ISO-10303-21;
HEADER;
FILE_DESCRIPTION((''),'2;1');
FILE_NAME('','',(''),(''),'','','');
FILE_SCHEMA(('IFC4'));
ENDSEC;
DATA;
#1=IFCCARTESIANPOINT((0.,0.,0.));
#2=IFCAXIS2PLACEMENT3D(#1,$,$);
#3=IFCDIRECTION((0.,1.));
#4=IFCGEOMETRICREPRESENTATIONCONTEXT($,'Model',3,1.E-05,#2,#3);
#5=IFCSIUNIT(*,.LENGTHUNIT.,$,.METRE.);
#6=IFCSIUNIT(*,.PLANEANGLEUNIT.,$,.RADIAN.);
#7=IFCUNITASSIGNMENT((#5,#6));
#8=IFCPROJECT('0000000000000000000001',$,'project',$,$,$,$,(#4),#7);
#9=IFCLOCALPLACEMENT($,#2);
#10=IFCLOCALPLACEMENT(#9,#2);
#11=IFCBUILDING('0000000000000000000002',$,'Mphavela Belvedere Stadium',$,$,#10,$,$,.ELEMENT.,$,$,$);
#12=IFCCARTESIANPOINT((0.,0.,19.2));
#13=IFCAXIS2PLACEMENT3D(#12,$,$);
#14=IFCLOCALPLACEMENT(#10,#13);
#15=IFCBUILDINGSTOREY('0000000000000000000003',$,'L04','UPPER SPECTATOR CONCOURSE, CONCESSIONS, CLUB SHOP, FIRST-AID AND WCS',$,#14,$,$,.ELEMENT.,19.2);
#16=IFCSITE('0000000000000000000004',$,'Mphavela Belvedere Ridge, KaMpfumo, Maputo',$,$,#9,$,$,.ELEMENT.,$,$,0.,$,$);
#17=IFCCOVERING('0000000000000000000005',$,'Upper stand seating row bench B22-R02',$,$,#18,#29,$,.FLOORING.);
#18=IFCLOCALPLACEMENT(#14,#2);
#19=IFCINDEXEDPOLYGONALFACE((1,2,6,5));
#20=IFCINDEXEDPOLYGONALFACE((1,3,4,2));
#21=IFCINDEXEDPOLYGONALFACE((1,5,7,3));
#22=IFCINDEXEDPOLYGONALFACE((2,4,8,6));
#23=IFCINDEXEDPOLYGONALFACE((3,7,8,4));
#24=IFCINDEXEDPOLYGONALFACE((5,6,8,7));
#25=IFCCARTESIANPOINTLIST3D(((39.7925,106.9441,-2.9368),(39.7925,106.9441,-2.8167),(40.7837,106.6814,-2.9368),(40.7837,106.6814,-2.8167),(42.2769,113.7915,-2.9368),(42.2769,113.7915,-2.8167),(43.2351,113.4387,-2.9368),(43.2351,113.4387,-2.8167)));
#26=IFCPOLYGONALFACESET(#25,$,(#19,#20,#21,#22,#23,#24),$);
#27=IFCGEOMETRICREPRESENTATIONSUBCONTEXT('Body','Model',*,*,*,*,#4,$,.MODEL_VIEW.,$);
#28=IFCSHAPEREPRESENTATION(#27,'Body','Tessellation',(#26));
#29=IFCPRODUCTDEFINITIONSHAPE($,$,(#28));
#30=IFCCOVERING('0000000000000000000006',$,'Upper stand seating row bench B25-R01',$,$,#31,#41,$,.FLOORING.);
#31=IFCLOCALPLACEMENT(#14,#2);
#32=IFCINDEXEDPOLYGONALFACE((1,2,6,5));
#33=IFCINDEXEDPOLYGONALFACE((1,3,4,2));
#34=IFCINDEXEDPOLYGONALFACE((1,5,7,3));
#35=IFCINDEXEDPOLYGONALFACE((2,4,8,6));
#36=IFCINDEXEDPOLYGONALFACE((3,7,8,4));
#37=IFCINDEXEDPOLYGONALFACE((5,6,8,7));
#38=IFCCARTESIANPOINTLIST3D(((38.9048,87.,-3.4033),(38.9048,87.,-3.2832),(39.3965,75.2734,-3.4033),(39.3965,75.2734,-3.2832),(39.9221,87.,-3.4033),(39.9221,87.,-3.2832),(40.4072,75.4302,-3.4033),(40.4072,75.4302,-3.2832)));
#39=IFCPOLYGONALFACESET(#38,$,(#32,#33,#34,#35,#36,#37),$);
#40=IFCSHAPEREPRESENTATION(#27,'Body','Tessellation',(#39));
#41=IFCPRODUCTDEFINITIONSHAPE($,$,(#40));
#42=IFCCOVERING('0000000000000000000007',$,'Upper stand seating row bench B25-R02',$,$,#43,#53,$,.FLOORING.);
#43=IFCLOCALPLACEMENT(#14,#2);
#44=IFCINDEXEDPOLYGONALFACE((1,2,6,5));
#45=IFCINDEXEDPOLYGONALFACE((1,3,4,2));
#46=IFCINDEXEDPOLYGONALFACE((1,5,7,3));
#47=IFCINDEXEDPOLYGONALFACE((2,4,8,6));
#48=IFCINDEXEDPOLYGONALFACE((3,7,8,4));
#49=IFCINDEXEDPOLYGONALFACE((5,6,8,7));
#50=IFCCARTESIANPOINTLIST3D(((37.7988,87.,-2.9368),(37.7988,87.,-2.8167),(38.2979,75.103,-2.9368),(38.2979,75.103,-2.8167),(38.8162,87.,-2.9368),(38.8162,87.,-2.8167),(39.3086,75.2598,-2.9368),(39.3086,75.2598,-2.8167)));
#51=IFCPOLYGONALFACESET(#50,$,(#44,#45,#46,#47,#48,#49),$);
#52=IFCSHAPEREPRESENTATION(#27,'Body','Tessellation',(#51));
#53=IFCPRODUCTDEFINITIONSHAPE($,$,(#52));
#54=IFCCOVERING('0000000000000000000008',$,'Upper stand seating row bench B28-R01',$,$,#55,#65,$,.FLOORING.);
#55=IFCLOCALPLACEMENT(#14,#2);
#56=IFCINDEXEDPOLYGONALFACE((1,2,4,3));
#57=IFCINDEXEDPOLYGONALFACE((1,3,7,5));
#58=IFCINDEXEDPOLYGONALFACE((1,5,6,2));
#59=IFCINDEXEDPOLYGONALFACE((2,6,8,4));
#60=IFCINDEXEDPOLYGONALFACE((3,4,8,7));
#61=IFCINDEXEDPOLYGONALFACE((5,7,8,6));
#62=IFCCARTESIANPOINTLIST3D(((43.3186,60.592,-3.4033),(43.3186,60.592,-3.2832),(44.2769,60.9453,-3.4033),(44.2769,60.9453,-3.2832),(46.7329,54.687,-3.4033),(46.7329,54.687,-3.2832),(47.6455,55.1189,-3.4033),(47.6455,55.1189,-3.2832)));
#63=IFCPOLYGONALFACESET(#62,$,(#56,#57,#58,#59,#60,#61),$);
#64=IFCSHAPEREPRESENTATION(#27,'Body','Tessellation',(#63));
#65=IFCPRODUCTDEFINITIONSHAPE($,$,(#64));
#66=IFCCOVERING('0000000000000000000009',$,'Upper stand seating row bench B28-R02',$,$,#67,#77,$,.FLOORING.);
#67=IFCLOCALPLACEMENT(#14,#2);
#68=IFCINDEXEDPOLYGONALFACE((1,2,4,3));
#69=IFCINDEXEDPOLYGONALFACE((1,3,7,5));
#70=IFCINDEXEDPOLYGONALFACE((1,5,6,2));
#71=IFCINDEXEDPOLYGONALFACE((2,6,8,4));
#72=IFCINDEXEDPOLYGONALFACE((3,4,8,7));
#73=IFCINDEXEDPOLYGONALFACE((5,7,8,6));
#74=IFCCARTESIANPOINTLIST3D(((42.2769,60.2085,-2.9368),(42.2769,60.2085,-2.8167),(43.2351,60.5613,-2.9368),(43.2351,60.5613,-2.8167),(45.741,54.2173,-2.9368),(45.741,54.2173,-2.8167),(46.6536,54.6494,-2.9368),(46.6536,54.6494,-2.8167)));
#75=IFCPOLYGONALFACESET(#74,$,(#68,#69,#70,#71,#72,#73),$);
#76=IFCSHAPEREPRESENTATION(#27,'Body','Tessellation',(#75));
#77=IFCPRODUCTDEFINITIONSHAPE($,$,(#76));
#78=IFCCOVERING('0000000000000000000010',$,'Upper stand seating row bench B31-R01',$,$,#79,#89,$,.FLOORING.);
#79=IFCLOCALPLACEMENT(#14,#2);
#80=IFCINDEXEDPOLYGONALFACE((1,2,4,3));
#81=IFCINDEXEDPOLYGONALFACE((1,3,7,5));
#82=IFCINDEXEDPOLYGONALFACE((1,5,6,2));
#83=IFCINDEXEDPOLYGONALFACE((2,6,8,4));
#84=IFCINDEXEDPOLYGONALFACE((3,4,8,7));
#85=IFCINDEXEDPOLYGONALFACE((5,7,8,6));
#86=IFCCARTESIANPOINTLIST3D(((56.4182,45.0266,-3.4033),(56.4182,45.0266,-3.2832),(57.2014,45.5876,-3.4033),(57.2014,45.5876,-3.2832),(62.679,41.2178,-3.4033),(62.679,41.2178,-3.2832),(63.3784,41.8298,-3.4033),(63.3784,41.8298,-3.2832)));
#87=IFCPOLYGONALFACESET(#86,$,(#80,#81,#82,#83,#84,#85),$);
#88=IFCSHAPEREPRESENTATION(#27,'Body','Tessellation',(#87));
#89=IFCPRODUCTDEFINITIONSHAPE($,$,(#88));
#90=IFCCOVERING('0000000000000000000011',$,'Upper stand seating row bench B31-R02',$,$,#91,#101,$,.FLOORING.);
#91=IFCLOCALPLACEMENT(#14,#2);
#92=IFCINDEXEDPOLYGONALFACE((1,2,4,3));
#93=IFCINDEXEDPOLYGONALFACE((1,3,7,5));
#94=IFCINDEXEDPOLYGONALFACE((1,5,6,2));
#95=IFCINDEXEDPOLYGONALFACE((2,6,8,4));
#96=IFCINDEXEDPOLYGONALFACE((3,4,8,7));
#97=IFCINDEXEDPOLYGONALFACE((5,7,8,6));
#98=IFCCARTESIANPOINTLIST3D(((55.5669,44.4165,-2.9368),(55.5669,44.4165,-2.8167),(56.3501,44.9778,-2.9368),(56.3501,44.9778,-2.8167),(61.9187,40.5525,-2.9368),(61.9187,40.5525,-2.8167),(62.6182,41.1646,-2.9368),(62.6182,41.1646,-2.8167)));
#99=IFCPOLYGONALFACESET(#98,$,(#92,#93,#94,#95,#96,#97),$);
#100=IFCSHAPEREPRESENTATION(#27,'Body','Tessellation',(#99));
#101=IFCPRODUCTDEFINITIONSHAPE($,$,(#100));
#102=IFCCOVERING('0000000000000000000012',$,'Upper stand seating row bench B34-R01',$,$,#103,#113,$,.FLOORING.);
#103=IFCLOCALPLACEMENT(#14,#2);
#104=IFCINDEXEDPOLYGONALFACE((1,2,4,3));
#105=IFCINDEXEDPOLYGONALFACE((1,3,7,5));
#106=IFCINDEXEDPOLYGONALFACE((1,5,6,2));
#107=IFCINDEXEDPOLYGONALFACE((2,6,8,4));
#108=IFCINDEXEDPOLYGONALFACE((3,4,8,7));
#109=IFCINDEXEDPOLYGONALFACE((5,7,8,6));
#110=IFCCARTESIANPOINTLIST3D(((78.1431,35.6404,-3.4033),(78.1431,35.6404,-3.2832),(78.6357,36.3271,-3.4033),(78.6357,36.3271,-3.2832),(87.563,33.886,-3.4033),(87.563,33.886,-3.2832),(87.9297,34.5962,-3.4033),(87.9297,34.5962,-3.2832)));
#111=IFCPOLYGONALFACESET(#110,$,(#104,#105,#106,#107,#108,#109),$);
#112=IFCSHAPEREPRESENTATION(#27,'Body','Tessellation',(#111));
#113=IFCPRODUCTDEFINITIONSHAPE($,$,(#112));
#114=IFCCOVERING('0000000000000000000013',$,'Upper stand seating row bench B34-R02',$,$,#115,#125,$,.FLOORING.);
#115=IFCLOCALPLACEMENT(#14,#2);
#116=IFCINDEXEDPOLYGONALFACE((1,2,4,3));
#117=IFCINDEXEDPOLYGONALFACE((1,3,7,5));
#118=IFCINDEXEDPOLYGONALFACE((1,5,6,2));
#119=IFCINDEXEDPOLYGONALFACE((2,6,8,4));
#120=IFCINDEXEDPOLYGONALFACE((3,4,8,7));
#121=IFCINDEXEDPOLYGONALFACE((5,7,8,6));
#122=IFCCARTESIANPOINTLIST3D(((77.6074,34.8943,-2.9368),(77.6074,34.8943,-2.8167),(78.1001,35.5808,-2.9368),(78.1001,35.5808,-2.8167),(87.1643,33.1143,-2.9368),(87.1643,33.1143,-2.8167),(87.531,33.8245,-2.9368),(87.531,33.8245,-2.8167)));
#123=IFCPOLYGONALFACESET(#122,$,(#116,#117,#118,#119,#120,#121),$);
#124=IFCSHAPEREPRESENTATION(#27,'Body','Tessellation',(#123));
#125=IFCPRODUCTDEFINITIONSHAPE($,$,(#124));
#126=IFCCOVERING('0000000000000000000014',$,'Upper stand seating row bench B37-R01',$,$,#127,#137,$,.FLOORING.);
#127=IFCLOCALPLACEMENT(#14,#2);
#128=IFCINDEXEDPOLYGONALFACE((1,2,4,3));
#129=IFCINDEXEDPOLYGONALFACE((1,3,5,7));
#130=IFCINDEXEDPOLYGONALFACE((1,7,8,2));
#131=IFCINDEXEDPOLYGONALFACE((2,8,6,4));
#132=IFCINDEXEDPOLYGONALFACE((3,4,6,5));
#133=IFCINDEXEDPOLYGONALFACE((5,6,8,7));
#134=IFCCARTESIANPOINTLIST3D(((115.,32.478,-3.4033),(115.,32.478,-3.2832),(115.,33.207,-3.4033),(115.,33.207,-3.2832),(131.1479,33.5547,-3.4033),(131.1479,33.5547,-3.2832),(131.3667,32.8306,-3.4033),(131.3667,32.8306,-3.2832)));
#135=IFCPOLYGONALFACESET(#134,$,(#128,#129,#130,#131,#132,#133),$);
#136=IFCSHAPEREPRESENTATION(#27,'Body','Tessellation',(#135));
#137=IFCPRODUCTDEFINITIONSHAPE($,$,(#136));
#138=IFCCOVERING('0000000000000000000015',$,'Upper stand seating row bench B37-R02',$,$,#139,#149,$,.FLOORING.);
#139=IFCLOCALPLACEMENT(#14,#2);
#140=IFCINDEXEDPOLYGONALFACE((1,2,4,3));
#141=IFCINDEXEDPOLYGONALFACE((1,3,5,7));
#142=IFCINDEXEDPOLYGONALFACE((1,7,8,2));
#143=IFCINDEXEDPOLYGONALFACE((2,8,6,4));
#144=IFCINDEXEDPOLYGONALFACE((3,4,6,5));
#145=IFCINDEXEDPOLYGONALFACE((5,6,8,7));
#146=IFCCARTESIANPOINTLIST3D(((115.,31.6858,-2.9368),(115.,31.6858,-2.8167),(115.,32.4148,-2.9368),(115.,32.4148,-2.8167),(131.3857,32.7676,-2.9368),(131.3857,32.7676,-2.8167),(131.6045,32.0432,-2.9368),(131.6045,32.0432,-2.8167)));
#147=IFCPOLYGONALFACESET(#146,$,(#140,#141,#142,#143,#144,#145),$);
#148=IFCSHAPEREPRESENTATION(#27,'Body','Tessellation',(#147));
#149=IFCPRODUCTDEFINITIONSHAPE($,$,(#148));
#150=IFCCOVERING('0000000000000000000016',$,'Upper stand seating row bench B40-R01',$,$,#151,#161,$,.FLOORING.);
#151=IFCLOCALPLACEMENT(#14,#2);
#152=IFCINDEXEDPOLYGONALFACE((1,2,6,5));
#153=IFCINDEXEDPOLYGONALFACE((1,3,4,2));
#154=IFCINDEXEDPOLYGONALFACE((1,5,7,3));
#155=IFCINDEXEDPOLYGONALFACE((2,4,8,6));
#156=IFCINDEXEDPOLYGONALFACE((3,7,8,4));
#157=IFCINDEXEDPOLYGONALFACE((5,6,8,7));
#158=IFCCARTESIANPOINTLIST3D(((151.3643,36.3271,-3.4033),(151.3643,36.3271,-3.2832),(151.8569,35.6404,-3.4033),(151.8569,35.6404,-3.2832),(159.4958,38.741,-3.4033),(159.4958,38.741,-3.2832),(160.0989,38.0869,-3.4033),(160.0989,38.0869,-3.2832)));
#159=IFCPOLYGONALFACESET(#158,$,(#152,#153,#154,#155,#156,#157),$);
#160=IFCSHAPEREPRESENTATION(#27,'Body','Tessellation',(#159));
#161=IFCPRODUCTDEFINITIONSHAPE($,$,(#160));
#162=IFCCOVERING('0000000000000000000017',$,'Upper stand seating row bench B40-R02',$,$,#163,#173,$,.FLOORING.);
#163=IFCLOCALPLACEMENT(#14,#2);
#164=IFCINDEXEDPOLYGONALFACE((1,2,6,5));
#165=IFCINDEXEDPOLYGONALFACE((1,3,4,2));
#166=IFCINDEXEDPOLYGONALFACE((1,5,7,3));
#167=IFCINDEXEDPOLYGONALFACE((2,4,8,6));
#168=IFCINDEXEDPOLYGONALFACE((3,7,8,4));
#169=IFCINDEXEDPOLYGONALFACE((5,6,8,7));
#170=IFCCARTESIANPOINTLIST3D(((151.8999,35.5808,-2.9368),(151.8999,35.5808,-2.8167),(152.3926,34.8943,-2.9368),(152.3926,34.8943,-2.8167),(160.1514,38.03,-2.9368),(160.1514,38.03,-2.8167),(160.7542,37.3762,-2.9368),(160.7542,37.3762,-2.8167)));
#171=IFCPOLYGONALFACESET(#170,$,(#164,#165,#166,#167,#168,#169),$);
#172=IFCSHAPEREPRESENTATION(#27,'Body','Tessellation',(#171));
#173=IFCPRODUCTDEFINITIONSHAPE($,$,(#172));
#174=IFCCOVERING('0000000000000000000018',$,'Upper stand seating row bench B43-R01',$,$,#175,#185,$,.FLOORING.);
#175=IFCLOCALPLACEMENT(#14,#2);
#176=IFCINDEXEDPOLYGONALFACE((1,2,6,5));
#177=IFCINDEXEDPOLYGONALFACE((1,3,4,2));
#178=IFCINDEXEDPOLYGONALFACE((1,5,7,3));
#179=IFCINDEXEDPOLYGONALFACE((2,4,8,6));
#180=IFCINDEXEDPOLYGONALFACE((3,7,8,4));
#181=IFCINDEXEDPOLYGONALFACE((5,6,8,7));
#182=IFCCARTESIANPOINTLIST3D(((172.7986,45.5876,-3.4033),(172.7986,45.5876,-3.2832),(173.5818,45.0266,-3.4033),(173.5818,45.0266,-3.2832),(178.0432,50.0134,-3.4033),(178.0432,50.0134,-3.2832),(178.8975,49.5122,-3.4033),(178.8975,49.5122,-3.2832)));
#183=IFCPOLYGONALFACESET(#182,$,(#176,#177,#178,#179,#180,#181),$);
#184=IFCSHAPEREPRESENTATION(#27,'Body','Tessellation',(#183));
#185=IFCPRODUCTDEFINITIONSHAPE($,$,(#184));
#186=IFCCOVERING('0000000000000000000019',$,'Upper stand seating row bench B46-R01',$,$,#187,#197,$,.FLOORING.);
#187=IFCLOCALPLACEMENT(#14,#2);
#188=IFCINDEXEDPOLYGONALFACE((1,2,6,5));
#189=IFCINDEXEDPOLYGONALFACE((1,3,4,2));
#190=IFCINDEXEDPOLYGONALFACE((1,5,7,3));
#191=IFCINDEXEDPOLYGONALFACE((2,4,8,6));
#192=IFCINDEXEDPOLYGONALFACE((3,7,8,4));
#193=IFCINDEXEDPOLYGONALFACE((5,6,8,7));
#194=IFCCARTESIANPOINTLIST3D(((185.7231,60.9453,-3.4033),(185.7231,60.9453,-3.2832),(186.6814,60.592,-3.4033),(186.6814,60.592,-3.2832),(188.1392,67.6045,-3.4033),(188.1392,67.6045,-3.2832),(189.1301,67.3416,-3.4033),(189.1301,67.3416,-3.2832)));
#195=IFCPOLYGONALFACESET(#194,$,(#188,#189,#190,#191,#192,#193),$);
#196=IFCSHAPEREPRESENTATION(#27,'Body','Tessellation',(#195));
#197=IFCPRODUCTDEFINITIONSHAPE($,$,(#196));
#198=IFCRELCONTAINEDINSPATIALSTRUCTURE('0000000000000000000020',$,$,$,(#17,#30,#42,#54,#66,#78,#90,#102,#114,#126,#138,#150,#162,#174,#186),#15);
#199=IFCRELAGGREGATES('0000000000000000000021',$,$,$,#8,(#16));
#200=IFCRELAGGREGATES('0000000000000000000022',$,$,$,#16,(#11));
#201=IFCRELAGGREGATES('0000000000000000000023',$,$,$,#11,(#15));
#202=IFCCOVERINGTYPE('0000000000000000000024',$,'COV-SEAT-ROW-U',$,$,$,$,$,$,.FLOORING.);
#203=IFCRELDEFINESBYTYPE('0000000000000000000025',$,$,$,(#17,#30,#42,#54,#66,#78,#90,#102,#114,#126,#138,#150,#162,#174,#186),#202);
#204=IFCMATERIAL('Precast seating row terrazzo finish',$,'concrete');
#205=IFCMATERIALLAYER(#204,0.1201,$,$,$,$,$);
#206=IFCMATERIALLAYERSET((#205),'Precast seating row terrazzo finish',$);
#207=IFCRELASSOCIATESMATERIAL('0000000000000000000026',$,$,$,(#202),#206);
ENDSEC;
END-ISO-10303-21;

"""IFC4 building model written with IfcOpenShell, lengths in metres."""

from ifc_helpers import new_model, si_unit, direction, frame, origin, place, context, subcontext, project, spatial, polyline, outline, extrude, material, layer, layer_set, type_object, element, save


model = new_model("IFC4")

# Units and contexts
model_context = context("Model", 3, precision=1e-05, world=origin(), true_north=direction((0.0, 1.0)))
body_context = subcontext(model_context, "Body", "Model", "MODEL_VIEW")
ifc_project = project(units=[si_unit("LENGTHUNIT", "METRE"), si_unit("PLANEANGLEUNIT", "RADIAN")], contexts=[model_context])

# Site, building, storey
site_placement = place(None, origin())
site = spatial("IfcSite", under=ifc_project, at=site_placement, Name="Mphavela Belvedere Ridge, KaMpfumo, Maputo", CompositionType="ELEMENT", RefElevation=0.0)
building_placement = place(site_placement, origin())
building = spatial("IfcBuilding", under=site, at=building_placement, Name="Mphavela Belvedere Stadium", CompositionType="ELEMENT")
storey_placement = place(building_placement, frame((0.0, 0.0, 19.2)))
storey = spatial("IfcBuildingStorey", under=building, at=storey_placement, Name="L04", Description="UPPER SPECTATOR CONCOURSE, CONCESSIONS, CLUB SHOP, FIRST-AID AND WCS", CompositionType="ELEMENT", Elevation=19.2)

# Coverings
ifc_material = material(Name="Precast seating row terrazzo finish", Category="concrete")
ifc_layer = layer(ifc_material, 0.1201)
ifc_layer_set = layer_set([ifc_layer], Name="Precast seating row terrazzo finish")
covering_type = type_object("IfcCoveringType", Name="COV-SEAT-ROW-U", PredefinedType="FLOORING", material=ifc_layer_set)
covering_1_placement = place(storey_placement, frame((0.0, 0.0, -2.9368)))
element("IfcCovering", 1, at=covering_1_placement, inside=storey, type_object=covering_type, Name="Upper stand seating row bench B22-R02", PredefinedType="FLOORING", context=body_context, shape_type="SweptSolid", body=[
    extrude(outline(polyline([(43.2351, 113.4387), (40.7837, 106.6814), (39.7925, 106.9441), (42.2769, 113.7915), (43.2351, 113.4387)])), origin(), (0.0, 0.0, 1.0), 0.1201),
])
covering_2_placement = place(storey_placement, frame((0.0, 0.0, -3.4033)))
element("IfcCovering", 2, at=covering_2_placement, inside=storey, type_object=covering_type, Name="Upper stand seating row bench B25-R01", PredefinedType="FLOORING", context=body_context, shape_type="SweptSolid", body=[
    extrude(outline(polyline([(39.9221, 87.0), (40.4072, 75.4302), (39.3965, 75.2734), (38.9048, 87.0), (39.9221, 87.0)])), origin(), (0.0, 0.0, 1.0), 0.1201),
])
covering_3_placement = place(storey_placement, frame((0.0, 0.0, -2.9368)))
element("IfcCovering", 3, at=covering_3_placement, inside=storey, type_object=covering_type, Name="Upper stand seating row bench B25-R02", PredefinedType="FLOORING", context=body_context, shape_type="SweptSolid", body=[
    extrude(outline(polyline([(38.8162, 87.0), (39.3086, 75.2598), (38.2979, 75.103), (37.7988, 87.0), (38.8162, 87.0)])), origin(), (0.0, 0.0, 1.0), 0.1201),
])
covering_4_placement = place(storey_placement, frame((0.0, 0.0, -3.4033)))
element("IfcCovering", 4, at=covering_4_placement, inside=storey, type_object=covering_type, Name="Upper stand seating row bench B28-R01", PredefinedType="FLOORING", context=body_context, shape_type="SweptSolid", body=[
    extrude(outline(polyline([(44.2769, 60.9453), (47.6455, 55.1189), (46.7329, 54.687), (43.3186, 60.592), (44.2769, 60.9453)])), origin(), (0.0, 0.0, 1.0), 0.1201),
])
covering_5_placement = place(storey_placement, frame((0.0, 0.0, -2.9368)))
element("IfcCovering", 5, at=covering_5_placement, inside=storey, type_object=covering_type, Name="Upper stand seating row bench B28-R02", PredefinedType="FLOORING", context=body_context, shape_type="SweptSolid", body=[
    extrude(outline(polyline([(43.2351, 60.5613), (46.6536, 54.6494), (45.741, 54.2173), (42.2769, 60.2085), (43.2351, 60.5613)])), origin(), (0.0, 0.0, 1.0), 0.1201),
])
covering_6_placement = place(storey_placement, frame((0.0, 0.0, -3.4033)))
element("IfcCovering", 6, at=covering_6_placement, inside=storey, type_object=covering_type, Name="Upper stand seating row bench B31-R01", PredefinedType="FLOORING", context=body_context, shape_type="SweptSolid", body=[
    extrude(outline(polyline([(57.2014, 45.5876), (63.3784, 41.8298), (62.679, 41.2178), (56.4182, 45.0266), (57.2014, 45.5876)])), origin(), (0.0, 0.0, 1.0), 0.1201),
])
covering_7_placement = place(storey_placement, frame((0.0, 0.0, -2.9368)))
element("IfcCovering", 7, at=covering_7_placement, inside=storey, type_object=covering_type, Name="Upper stand seating row bench B31-R02", PredefinedType="FLOORING", context=body_context, shape_type="SweptSolid", body=[
    extrude(outline(polyline([(56.3501, 44.9778), (62.6182, 41.1646), (61.9187, 40.5525), (55.5669, 44.4165), (56.3501, 44.9778)])), origin(), (0.0, 0.0, 1.0), 0.1201),
])
covering_8_placement = place(storey_placement, frame((0.0, 0.0, -3.4033)))
element("IfcCovering", 8, at=covering_8_placement, inside=storey, type_object=covering_type, Name="Upper stand seating row bench B34-R01", PredefinedType="FLOORING", context=body_context, shape_type="SweptSolid", body=[
    extrude(outline(polyline([(78.6357, 36.3271), (87.9297, 34.5962), (87.563, 33.886), (78.1431, 35.6404), (78.6357, 36.3271)])), origin(), (0.0, 0.0, 1.0), 0.1201),
])
covering_9_placement = place(storey_placement, frame((0.0, 0.0, -2.9368)))
element("IfcCovering", 9, at=covering_9_placement, inside=storey, type_object=covering_type, Name="Upper stand seating row bench B34-R02", PredefinedType="FLOORING", context=body_context, shape_type="SweptSolid", body=[
    extrude(outline(polyline([(78.1001, 35.5808), (87.531, 33.8245), (87.1643, 33.1143), (77.6074, 34.8943), (78.1001, 35.5808)])), origin(), (0.0, 0.0, 1.0), 0.1201),
])
covering_10_placement = place(storey_placement, frame((0.0, 0.0, -3.4033)))
element("IfcCovering", 10, at=covering_10_placement, inside=storey, type_object=covering_type, Name="Upper stand seating row bench B37-R01", PredefinedType="FLOORING", context=body_context, shape_type="SweptSolid", body=[
    extrude(outline(polyline([(115.0, 33.207), (131.1479, 33.5547), (131.3667, 32.8306), (115.0, 32.478), (115.0, 33.207)])), origin(), (0.0, 0.0, 1.0), 0.1201),
])
covering_11_placement = place(storey_placement, frame((0.0, 0.0, -2.9368)))
element("IfcCovering", 11, at=covering_11_placement, inside=storey, type_object=covering_type, Name="Upper stand seating row bench B37-R02", PredefinedType="FLOORING", context=body_context, shape_type="SweptSolid", body=[
    extrude(outline(polyline([(115.0, 32.4148), (131.3857, 32.7676), (131.6045, 32.0432), (115.0, 31.6858), (115.0, 32.4148)])), origin(), (0.0, 0.0, 1.0), 0.1201),
])
covering_12_placement = place(storey_placement, frame((0.0, 0.0, -3.4033)))
element("IfcCovering", 12, at=covering_12_placement, inside=storey, type_object=covering_type, Name="Upper stand seating row bench B40-R01", PredefinedType="FLOORING", context=body_context, shape_type="SweptSolid", body=[
    extrude(outline(polyline([(151.3643, 36.3271), (159.4958, 38.741), (160.0989, 38.0869), (151.8569, 35.6404), (151.3643, 36.3271)])), origin(), (0.0, 0.0, 1.0), 0.1201),
])
covering_13_placement = place(storey_placement, frame((0.0, 0.0, -2.9368)))
element("IfcCovering", 13, at=covering_13_placement, inside=storey, type_object=covering_type, Name="Upper stand seating row bench B40-R02", PredefinedType="FLOORING", context=body_context, shape_type="SweptSolid", body=[
    extrude(outline(polyline([(151.8999, 35.5808), (160.1514, 38.03), (160.7542, 37.3762), (152.3926, 34.8943), (151.8999, 35.5808)])), origin(), (0.0, 0.0, 1.0), 0.1201),
])
covering_14_placement = place(storey_placement, frame((0.0, 0.0, -3.4033)))
element("IfcCovering", 14, at=covering_14_placement, inside=storey, type_object=covering_type, Name="Upper stand seating row bench B43-R01", PredefinedType="FLOORING", context=body_context, shape_type="SweptSolid", body=[
    extrude(outline(polyline([(172.7986, 45.5876), (178.0432, 50.0134), (178.8975, 49.5122), (173.5818, 45.0266), (172.7986, 45.5876)])), origin(), (0.0, 0.0, 1.0), 0.1201),
])
covering_15_placement = place(storey_placement, frame((0.0, 0.0, -3.4033)))
element("IfcCovering", 15, at=covering_15_placement, inside=storey, type_object=covering_type, Name="Upper stand seating row bench B46-R01", PredefinedType="FLOORING", context=body_context, shape_type="SweptSolid", body=[
    extrude(outline(polyline([(185.7231, 60.9453), (188.1392, 67.6045), (189.1301, 67.3416), (186.6814, 60.592), (185.7231, 60.9453)])), origin(), (0.0, 0.0, 1.0), 0.1201),
])

save(model, "model.ifc")
